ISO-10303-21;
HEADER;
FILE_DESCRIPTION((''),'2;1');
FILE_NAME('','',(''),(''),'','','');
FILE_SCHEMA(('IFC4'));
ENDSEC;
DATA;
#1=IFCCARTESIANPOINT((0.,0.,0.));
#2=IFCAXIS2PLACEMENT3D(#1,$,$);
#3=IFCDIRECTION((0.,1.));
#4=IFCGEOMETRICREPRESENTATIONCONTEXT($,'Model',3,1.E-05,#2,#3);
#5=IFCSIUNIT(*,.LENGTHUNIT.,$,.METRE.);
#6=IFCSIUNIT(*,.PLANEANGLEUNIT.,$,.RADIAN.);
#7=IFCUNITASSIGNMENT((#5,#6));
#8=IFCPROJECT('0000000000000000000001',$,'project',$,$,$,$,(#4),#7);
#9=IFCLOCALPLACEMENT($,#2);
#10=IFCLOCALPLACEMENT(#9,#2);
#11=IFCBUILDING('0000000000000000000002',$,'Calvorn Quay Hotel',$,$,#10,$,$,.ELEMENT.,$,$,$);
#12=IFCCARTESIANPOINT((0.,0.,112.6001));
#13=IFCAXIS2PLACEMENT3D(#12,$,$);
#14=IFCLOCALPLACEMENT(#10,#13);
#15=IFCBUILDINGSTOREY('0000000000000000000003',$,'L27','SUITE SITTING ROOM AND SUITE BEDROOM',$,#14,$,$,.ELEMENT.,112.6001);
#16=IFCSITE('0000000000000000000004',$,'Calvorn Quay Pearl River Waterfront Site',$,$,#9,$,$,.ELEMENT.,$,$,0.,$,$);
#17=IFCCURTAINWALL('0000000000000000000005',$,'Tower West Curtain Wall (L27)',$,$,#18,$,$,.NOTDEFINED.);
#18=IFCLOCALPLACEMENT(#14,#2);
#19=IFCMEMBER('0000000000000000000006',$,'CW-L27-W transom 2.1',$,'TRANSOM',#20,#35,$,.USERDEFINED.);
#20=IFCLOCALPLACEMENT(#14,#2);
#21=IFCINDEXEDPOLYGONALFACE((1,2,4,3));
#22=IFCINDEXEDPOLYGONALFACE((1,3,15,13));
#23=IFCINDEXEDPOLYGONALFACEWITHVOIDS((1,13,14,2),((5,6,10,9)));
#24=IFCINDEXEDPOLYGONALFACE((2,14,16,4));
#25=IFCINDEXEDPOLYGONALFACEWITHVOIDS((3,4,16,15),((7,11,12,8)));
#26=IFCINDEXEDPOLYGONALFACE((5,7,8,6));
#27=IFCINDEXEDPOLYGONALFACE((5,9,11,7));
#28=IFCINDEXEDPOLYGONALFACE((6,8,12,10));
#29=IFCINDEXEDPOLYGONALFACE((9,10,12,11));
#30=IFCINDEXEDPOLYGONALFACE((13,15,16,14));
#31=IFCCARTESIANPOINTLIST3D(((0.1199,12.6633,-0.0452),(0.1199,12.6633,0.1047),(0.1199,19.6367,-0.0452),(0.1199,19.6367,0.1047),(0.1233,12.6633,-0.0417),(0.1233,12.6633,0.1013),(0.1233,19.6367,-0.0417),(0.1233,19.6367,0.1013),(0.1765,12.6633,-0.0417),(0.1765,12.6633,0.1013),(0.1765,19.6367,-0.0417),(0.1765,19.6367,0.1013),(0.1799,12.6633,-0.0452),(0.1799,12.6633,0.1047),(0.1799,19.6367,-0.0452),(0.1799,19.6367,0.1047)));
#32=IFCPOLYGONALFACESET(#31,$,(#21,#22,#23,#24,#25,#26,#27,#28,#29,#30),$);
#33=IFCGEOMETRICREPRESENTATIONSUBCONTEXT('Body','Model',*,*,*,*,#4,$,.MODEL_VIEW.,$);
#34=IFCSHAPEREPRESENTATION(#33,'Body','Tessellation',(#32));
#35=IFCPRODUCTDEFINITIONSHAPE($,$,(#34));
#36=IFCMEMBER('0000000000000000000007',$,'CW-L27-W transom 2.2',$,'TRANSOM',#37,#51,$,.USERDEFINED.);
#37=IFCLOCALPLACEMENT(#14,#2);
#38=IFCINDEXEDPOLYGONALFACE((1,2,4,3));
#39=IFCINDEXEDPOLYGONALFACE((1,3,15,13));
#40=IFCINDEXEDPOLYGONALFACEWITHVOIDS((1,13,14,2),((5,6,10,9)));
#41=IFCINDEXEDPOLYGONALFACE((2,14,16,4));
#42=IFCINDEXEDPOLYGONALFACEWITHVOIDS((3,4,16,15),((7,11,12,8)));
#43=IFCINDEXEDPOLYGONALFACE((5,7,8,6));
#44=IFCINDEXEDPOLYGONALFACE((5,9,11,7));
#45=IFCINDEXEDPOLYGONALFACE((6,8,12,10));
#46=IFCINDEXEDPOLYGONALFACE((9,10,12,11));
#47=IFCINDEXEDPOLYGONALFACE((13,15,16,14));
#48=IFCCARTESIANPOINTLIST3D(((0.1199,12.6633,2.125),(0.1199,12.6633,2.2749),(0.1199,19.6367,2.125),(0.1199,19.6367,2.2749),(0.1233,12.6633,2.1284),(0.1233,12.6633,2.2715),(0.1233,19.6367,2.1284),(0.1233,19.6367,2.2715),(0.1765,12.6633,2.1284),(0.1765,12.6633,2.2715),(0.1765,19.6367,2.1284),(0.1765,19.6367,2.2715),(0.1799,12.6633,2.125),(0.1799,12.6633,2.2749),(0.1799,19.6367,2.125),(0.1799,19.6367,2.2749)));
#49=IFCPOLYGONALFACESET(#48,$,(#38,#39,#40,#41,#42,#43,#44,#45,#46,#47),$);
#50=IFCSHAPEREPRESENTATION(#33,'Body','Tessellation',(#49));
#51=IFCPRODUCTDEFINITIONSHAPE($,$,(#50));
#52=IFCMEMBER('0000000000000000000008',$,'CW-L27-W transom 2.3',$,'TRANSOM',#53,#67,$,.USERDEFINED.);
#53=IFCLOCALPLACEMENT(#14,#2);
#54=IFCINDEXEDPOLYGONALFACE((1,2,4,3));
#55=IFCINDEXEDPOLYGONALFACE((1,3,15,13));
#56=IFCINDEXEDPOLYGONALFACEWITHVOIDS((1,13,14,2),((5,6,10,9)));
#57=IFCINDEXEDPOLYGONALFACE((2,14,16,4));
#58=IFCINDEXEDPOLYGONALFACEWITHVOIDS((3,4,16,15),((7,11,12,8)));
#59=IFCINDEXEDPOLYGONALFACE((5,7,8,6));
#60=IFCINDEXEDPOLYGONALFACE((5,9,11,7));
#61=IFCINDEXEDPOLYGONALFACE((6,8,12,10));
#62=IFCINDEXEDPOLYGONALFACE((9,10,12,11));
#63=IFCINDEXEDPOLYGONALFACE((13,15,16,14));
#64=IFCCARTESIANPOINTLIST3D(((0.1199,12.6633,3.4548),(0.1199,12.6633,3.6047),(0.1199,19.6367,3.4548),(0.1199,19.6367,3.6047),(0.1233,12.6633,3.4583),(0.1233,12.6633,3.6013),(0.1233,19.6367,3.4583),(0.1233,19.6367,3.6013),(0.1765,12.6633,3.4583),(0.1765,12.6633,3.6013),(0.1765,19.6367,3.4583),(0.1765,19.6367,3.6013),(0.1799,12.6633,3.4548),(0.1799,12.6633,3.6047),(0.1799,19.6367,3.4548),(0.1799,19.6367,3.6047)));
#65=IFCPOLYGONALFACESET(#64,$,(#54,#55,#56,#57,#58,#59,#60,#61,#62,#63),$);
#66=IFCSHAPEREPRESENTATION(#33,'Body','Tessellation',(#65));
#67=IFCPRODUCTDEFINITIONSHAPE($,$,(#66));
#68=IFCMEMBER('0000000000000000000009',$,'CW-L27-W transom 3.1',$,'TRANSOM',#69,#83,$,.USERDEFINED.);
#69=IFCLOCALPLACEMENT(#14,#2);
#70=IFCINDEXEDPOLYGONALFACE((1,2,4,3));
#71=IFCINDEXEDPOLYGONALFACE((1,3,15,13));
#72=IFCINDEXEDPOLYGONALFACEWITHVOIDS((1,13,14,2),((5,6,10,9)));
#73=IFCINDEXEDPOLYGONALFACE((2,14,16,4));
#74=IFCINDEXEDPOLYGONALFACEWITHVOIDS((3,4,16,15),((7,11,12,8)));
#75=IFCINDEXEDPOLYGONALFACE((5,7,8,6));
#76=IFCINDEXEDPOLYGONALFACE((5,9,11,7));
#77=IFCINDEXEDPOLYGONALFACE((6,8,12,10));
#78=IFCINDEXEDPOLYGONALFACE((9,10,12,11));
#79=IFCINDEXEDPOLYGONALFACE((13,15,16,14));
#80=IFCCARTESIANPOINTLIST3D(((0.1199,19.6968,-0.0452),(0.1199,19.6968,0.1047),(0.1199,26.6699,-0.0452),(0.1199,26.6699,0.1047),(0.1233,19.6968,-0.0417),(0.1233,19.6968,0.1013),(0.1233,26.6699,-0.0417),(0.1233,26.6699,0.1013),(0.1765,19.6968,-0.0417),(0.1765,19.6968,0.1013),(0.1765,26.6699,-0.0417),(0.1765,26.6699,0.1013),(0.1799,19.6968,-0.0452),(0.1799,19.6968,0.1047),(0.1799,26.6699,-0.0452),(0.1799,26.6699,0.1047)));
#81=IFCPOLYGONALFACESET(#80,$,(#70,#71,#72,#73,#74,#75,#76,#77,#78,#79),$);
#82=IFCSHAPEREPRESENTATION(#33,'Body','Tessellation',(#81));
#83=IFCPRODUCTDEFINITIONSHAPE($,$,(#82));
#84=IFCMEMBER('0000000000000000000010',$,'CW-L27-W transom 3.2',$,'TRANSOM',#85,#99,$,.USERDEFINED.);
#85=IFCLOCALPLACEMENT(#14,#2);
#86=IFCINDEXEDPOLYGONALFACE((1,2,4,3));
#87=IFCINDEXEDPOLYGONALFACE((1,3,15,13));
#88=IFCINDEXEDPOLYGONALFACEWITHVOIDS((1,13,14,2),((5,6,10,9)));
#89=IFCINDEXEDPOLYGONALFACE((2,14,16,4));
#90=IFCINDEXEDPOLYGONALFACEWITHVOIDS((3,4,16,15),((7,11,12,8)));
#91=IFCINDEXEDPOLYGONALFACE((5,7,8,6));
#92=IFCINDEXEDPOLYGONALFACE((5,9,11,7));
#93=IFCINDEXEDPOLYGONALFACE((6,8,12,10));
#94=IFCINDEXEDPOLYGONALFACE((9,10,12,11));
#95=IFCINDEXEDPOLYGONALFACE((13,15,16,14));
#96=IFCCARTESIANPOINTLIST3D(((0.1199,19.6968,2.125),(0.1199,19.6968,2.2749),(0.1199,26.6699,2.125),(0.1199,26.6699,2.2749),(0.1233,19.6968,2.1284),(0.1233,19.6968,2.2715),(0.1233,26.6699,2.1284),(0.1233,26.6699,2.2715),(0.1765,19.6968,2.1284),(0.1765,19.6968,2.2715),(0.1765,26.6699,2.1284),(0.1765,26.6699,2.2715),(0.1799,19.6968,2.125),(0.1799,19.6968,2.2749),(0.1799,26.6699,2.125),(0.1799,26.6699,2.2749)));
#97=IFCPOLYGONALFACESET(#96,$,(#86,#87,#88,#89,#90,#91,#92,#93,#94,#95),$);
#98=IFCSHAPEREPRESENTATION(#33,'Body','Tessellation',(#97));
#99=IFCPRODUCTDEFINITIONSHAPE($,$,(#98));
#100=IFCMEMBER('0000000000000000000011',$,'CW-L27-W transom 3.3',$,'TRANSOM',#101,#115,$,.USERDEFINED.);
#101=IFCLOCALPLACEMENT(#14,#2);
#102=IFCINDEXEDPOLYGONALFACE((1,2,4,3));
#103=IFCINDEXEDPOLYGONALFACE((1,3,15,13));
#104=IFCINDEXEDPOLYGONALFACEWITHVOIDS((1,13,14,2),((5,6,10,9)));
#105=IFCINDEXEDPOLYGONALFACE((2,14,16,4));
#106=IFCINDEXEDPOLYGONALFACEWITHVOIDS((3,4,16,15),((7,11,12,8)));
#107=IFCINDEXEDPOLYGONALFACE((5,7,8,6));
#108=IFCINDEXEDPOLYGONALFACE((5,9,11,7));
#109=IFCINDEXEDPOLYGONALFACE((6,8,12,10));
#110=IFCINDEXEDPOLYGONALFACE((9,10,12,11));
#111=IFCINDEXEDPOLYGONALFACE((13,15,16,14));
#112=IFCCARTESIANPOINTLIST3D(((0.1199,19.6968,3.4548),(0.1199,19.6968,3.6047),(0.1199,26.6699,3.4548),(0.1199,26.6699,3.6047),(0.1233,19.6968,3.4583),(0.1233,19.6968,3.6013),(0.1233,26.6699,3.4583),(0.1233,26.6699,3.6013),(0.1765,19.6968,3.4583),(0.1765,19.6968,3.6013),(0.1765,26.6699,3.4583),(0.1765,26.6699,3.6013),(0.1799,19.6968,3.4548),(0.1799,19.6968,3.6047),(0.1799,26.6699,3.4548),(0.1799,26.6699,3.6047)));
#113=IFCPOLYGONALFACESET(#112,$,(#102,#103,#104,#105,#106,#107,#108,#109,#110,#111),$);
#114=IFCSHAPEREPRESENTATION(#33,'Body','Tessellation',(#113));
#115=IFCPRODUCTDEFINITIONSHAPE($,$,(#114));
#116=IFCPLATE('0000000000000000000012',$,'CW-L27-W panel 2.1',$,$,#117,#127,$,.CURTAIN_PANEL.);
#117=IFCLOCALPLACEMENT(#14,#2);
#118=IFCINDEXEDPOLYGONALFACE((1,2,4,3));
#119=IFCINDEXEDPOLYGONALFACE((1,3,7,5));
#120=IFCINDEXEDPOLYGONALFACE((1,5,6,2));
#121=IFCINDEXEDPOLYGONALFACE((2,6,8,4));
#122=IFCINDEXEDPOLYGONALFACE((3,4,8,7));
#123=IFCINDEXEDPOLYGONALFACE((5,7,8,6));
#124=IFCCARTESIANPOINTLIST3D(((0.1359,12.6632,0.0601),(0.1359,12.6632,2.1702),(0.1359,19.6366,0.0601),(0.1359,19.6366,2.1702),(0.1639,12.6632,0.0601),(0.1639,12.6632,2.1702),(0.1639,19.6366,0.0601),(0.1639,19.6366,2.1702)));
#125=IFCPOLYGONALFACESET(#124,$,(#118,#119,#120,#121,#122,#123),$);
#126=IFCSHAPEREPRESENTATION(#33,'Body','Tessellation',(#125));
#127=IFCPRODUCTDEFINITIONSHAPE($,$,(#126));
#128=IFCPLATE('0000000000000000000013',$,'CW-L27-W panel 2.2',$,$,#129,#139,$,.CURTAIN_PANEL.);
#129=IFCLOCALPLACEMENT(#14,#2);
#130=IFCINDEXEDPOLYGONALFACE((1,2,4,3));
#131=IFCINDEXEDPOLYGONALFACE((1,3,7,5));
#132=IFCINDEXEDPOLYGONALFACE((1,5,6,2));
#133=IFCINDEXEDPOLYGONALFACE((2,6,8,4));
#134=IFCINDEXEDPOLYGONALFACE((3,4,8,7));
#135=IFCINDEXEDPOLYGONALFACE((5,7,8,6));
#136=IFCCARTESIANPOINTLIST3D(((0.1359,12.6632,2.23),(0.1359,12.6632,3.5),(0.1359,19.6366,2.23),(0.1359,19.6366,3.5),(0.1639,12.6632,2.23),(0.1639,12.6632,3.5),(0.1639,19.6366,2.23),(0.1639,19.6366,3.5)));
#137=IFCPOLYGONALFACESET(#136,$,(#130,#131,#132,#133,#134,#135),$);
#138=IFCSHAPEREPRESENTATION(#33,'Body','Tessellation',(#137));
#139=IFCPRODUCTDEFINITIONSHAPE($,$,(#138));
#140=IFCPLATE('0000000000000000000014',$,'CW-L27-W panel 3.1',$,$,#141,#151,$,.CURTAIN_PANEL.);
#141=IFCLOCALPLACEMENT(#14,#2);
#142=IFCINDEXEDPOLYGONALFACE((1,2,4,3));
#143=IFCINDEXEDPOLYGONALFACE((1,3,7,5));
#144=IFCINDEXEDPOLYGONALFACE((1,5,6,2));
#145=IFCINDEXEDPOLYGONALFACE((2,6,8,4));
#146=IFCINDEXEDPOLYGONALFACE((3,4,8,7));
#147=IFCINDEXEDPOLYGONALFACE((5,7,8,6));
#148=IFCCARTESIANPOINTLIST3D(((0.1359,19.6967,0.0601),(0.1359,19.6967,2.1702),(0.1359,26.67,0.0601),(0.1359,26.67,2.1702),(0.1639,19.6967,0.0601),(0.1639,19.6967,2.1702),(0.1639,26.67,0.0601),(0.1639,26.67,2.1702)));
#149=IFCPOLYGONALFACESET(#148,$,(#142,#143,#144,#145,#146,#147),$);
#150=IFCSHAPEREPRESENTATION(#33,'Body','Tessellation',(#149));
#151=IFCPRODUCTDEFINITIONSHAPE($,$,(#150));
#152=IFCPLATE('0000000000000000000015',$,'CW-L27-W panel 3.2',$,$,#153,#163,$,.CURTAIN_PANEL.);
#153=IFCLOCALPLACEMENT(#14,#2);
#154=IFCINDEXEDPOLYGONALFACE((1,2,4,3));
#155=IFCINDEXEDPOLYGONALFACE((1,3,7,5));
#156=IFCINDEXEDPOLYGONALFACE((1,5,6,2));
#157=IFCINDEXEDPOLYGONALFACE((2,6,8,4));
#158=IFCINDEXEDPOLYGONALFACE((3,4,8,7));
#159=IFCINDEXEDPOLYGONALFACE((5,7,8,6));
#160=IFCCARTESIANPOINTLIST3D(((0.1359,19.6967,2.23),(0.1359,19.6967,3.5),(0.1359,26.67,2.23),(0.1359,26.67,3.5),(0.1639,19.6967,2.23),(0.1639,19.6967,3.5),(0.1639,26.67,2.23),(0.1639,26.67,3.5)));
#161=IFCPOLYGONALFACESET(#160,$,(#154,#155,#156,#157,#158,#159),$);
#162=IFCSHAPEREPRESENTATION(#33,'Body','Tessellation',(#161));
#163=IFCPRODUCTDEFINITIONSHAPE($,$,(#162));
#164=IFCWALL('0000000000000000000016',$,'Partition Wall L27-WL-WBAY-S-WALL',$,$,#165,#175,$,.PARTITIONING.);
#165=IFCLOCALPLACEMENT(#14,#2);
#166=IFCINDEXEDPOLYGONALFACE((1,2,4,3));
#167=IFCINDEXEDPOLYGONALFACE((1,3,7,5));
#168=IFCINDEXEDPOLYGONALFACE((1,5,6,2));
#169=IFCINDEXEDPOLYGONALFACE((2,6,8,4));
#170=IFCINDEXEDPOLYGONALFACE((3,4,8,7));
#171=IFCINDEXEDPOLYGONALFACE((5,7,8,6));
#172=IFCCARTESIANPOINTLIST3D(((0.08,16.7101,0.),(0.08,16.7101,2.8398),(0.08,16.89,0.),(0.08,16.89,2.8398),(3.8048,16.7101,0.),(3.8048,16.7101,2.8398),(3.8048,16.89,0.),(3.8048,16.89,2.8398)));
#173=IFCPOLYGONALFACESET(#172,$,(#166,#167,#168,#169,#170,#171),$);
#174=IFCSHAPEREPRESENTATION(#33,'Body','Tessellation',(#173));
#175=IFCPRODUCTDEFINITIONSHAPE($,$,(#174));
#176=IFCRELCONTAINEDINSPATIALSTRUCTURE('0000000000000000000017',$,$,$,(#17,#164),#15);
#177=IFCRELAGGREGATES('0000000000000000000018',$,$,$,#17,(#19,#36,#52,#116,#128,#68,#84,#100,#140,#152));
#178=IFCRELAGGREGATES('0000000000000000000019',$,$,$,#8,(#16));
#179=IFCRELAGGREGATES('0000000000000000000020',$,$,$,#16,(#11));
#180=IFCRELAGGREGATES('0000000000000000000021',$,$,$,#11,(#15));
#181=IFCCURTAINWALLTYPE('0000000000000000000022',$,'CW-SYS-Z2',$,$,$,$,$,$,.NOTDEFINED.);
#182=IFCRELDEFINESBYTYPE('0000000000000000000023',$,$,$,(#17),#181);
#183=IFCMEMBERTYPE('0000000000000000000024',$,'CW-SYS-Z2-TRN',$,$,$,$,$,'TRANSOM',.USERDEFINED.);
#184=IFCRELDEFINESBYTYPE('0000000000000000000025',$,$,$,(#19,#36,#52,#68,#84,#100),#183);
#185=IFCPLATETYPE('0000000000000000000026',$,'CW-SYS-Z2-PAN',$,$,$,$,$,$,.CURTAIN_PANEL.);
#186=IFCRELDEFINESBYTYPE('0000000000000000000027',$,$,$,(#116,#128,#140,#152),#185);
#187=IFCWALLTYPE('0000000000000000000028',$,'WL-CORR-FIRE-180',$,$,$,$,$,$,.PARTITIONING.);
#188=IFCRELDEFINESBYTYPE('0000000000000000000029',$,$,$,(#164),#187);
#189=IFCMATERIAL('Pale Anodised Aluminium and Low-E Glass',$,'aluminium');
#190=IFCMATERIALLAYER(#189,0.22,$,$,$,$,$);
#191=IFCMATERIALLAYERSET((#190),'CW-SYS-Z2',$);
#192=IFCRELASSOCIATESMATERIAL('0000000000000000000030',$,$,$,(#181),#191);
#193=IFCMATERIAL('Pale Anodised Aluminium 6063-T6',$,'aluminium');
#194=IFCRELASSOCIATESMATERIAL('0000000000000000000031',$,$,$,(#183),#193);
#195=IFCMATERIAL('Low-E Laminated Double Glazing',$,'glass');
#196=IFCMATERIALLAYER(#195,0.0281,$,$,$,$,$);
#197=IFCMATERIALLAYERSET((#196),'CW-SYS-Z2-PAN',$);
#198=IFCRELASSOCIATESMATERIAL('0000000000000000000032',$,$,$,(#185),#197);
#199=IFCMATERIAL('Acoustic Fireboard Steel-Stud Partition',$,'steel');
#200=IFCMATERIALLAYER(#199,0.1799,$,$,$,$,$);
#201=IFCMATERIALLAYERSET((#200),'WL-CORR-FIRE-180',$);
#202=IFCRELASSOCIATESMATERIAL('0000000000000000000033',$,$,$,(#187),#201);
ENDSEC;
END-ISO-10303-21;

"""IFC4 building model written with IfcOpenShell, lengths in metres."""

from ifc_helpers import new_model, si_unit, direction, frame, frame_2d, origin, origin_2d, place, context, subcontext, project, spatial, rectangle, hollow_rectangle, extrude, material, layer, layer_set, material_profile, profile_set, type_object, element, aggregate, save


model = new_model("IFC4")

# Units and contexts
model_context = context("Model", 3, precision=1e-05, world=origin(), true_north=direction((0.0, 1.0)))
body_context = subcontext(model_context, "Body", "Model", "MODEL_VIEW")
ifc_project = project(units=[si_unit("LENGTHUNIT", "METRE"), si_unit("PLANEANGLEUNIT", "RADIAN")], contexts=[model_context])

# Site, building, storey
site_placement = place(None, origin())
site = spatial("IfcSite", under=ifc_project, at=site_placement, Name="Calvorn Quay Pearl River Waterfront Site", CompositionType="ELEMENT", RefElevation=0.0)
building_placement = place(site_placement, origin())
building = spatial("IfcBuilding", under=site, at=building_placement, Name="Calvorn Quay Hotel", CompositionType="ELEMENT")
storey_placement = place(building_placement, frame((0.0, 0.0, 112.6001)))
storey = spatial("IfcBuildingStorey", under=building, at=storey_placement, Name="L27", Description="SUITE SITTING ROOM AND SUITE BEDROOM", CompositionType="ELEMENT", Elevation=112.6001)

# Curtain wall, members, plates
ifc_material_1 = material(Name="Pale Anodised Aluminium and Low-E Glass", Category="aluminium")
ifc_layer_1 = layer(ifc_material_1, 0.22)
ifc_layer_set_1 = layer_set([ifc_layer_1], Name="CW-SYS-Z2")
curtain_wall_type = type_object("IfcCurtainWallType", Name="CW-SYS-Z2", PredefinedType="NOTDEFINED", material=ifc_layer_set_1)
curtain_wall_placement = place(storey_placement, origin())
curtain_wall = element("IfcCurtainWall", 1, at=curtain_wall_placement, inside=storey, type_object=curtain_wall_type, Name="Tower West Curtain Wall (L27)", PredefinedType="NOTDEFINED")
ifc_material_2 = material(Name="Pale Anodised Aluminium 6063-T6", Category="aluminium")
ifc_material_profile_1 = material_profile(ifc_material_2, hollow_rectangle(XDim=0.0601, YDim=0.1499, WallThickness=0.0034, at=origin_2d()), Name="ALU-T150x60x3.5")
ifc_profile_set_1 = profile_set([ifc_material_profile_1], Name="Pale Anodised Aluminium 6063-T6")
member_type_1 = type_object("IfcMemberType", Name="CW-SYS-Z2-TRN", ElementType="TRANSOM", PredefinedType="USERDEFINED", material=ifc_profile_set_1)
member_1_placement = place(storey_placement, frame((0.1499, 12.6633, 0.0298), z_axis=(0.0, 1.0, 0.0), x_axis=(-1.0, 0.0, 0.0)))
member_1 = element("IfcMember", 2, at=member_1_placement, type_object=member_type_1, Name="CW-L27-W transom 2.1", ObjectType="TRANSOM", PredefinedType="USERDEFINED", context=body_context, shape_type="SweptSolid", body=[
    extrude(hollow_rectangle(XDim=0.0601, YDim=0.1499, WallThickness=0.0034, at=origin_2d()), origin(), (0.0, 0.0, 1.0), 6.9734),
])
member_2_placement = place(storey_placement, frame((0.1499, 12.6633, 2.2), z_axis=(0.0, 1.0, 0.0), x_axis=(-1.0, 0.0, 0.0)))
member_2 = element("IfcMember", 3, at=member_2_placement, type_object=member_type_1, Name="CW-L27-W transom 2.2", ObjectType="TRANSOM", PredefinedType="USERDEFINED", context=body_context, shape_type="SweptSolid", body=[
    extrude(hollow_rectangle(XDim=0.0601, YDim=0.1499, WallThickness=0.0034, at=origin_2d()), origin(), (0.0, 0.0, 1.0), 6.9734),
])
member_3_placement = place(storey_placement, frame((0.1499, 12.6633, 3.5298), z_axis=(0.0, 1.0, 0.0), x_axis=(-1.0, 0.0, 0.0)))
member_3 = element("IfcMember", 4, at=member_3_placement, type_object=member_type_1, Name="CW-L27-W transom 2.3", ObjectType="TRANSOM", PredefinedType="USERDEFINED", context=body_context, shape_type="SweptSolid", body=[
    extrude(hollow_rectangle(XDim=0.0601, YDim=0.1499, WallThickness=0.0034, at=origin_2d()), origin(), (0.0, 0.0, 1.0), 6.9734),
])
member_4_placement = place(storey_placement, frame((0.1499, 19.6968, 0.0298), z_axis=(0.0, 1.0, 0.0), x_axis=(-1.0, 0.0, 0.0)))
member_4 = element("IfcMember", 5, at=member_4_placement, type_object=member_type_1, Name="CW-L27-W transom 3.1", ObjectType="TRANSOM", PredefinedType="USERDEFINED", context=body_context, shape_type="SweptSolid", body=[
    extrude(hollow_rectangle(XDim=0.0601, YDim=0.1499, WallThickness=0.0034, at=origin_2d()), origin(), (0.0, 0.0, 1.0), 6.9731),
])
member_5_placement = place(storey_placement, frame((0.1499, 19.6968, 2.2), z_axis=(0.0, 1.0, 0.0), x_axis=(-1.0, 0.0, 0.0)))
member_5 = element("IfcMember", 6, at=member_5_placement, type_object=member_type_1, Name="CW-L27-W transom 3.2", ObjectType="TRANSOM", PredefinedType="USERDEFINED", context=body_context, shape_type="SweptSolid", body=[
    extrude(hollow_rectangle(XDim=0.0601, YDim=0.1499, WallThickness=0.0034, at=origin_2d()), origin(), (0.0, 0.0, 1.0), 6.9731),
])
member_6_placement = place(storey_placement, frame((0.1499, 19.6968, 3.5298), z_axis=(0.0, 1.0, 0.0), x_axis=(-1.0, 0.0, 0.0)))
member_6 = element("IfcMember", 7, at=member_6_placement, type_object=member_type_1, Name="CW-L27-W transom 3.3", ObjectType="TRANSOM", PredefinedType="USERDEFINED", context=body_context, shape_type="SweptSolid", body=[
    extrude(hollow_rectangle(XDim=0.0601, YDim=0.1499, WallThickness=0.0034, at=origin_2d()), origin(), (0.0, 0.0, 1.0), 6.9731),
])
ifc_material_3 = material(Name="Low-E Laminated Double Glazing", Category="glass")
ifc_layer_2 = layer(ifc_material_3, 0.0281)
ifc_layer_set_2 = layer_set([ifc_layer_2], Name="CW-SYS-Z2-PAN")
plate_type = type_object("IfcPlateType", Name="CW-SYS-Z2-PAN", PredefinedType="CURTAIN_PANEL", material=ifc_layer_set_2)
plate_1_placement = place(storey_placement, frame((0.1499, 16.1499, 0.0601), z_axis=(0.0, 0.0, 1.0), x_axis=(0.0, 1.0, 0.0)))
plate_1 = element("IfcPlate", 8, at=plate_1_placement, type_object=plate_type, Name="CW-L27-W panel 2.1", PredefinedType="CURTAIN_PANEL", context=body_context, shape_type="SweptSolid", body=[
    extrude(rectangle(XDim=6.9734, YDim=0.0281, at=origin_2d()), origin(), (0.0, 0.0, 1.0), 2.1101),
])
plate_2_placement = place(storey_placement, frame((0.1499, 16.1499, 2.23), z_axis=(0.0, 0.0, 1.0), x_axis=(0.0, 1.0, 0.0)))
plate_2 = element("IfcPlate", 9, at=plate_2_placement, type_object=plate_type, Name="CW-L27-W panel 2.2", PredefinedType="CURTAIN_PANEL", context=body_context, shape_type="SweptSolid", body=[
    extrude(rectangle(XDim=6.9734, YDim=0.0281, at=origin_2d()), origin(), (0.0, 0.0, 1.0), 1.27),
])
plate_3_placement = place(storey_placement, frame((0.1499, 23.1833, 0.0601), z_axis=(0.0, 0.0, 1.0), x_axis=(0.0, 1.0, 0.0)))
plate_3 = element("IfcPlate", 10, at=plate_3_placement, type_object=plate_type, Name="CW-L27-W panel 3.1", PredefinedType="CURTAIN_PANEL", context=body_context, shape_type="SweptSolid", body=[
    extrude(rectangle(XDim=6.9734, YDim=0.0281, at=origin_2d()), origin(), (0.0, 0.0, 1.0), 2.1101),
])
plate_4_placement = place(storey_placement, frame((0.1499, 23.1833, 2.23), z_axis=(0.0, 0.0, 1.0), x_axis=(0.0, 1.0, 0.0)))
plate_4 = element("IfcPlate", 11, at=plate_4_placement, type_object=plate_type, Name="CW-L27-W panel 3.2", PredefinedType="CURTAIN_PANEL", context=body_context, shape_type="SweptSolid", body=[
    extrude(rectangle(XDim=6.9734, YDim=0.0281, at=origin_2d()), origin(), (0.0, 0.0, 1.0), 1.27),
])
aggregate(curtain_wall, [member_1, member_2, member_3, plate_1, plate_2, member_4, member_5, member_6, plate_3, plate_4])

# Wall
ifc_material_4 = material(Name="Acoustic Fireboard Steel-Stud Partition", Category="steel")
ifc_layer_3 = layer(ifc_material_4, 0.1799)
ifc_layer_set_3 = layer_set([ifc_layer_3], Name="WL-CORR-FIRE-180")
wall_type_1 = type_object("IfcWallType", Name="WL-CORR-FIRE-180", PredefinedType="PARTITIONING", material=ifc_layer_set_3)
wall_1_placement = place(storey_placement, frame((0.0801, 16.8, 0.0), z_axis=(0.0, 0.0, 1.0), x_axis=(1.0, 0.0, 0.0)))
element("IfcWall", 12, at=wall_1_placement, inside=storey, type_object=wall_type_1, Name="Partition Wall L27-WL-WBAY-S-WALL", PredefinedType="PARTITIONING", context=body_context, shape_type="SweptSolid", body=[
    extrude(rectangle(XDim=3.7249, YDim=0.1799, at=frame_2d((1.8623, 0.0))), origin(), (0.0, 0.0, 1.0), 2.8398),
])

save(model, "model.ifc")
